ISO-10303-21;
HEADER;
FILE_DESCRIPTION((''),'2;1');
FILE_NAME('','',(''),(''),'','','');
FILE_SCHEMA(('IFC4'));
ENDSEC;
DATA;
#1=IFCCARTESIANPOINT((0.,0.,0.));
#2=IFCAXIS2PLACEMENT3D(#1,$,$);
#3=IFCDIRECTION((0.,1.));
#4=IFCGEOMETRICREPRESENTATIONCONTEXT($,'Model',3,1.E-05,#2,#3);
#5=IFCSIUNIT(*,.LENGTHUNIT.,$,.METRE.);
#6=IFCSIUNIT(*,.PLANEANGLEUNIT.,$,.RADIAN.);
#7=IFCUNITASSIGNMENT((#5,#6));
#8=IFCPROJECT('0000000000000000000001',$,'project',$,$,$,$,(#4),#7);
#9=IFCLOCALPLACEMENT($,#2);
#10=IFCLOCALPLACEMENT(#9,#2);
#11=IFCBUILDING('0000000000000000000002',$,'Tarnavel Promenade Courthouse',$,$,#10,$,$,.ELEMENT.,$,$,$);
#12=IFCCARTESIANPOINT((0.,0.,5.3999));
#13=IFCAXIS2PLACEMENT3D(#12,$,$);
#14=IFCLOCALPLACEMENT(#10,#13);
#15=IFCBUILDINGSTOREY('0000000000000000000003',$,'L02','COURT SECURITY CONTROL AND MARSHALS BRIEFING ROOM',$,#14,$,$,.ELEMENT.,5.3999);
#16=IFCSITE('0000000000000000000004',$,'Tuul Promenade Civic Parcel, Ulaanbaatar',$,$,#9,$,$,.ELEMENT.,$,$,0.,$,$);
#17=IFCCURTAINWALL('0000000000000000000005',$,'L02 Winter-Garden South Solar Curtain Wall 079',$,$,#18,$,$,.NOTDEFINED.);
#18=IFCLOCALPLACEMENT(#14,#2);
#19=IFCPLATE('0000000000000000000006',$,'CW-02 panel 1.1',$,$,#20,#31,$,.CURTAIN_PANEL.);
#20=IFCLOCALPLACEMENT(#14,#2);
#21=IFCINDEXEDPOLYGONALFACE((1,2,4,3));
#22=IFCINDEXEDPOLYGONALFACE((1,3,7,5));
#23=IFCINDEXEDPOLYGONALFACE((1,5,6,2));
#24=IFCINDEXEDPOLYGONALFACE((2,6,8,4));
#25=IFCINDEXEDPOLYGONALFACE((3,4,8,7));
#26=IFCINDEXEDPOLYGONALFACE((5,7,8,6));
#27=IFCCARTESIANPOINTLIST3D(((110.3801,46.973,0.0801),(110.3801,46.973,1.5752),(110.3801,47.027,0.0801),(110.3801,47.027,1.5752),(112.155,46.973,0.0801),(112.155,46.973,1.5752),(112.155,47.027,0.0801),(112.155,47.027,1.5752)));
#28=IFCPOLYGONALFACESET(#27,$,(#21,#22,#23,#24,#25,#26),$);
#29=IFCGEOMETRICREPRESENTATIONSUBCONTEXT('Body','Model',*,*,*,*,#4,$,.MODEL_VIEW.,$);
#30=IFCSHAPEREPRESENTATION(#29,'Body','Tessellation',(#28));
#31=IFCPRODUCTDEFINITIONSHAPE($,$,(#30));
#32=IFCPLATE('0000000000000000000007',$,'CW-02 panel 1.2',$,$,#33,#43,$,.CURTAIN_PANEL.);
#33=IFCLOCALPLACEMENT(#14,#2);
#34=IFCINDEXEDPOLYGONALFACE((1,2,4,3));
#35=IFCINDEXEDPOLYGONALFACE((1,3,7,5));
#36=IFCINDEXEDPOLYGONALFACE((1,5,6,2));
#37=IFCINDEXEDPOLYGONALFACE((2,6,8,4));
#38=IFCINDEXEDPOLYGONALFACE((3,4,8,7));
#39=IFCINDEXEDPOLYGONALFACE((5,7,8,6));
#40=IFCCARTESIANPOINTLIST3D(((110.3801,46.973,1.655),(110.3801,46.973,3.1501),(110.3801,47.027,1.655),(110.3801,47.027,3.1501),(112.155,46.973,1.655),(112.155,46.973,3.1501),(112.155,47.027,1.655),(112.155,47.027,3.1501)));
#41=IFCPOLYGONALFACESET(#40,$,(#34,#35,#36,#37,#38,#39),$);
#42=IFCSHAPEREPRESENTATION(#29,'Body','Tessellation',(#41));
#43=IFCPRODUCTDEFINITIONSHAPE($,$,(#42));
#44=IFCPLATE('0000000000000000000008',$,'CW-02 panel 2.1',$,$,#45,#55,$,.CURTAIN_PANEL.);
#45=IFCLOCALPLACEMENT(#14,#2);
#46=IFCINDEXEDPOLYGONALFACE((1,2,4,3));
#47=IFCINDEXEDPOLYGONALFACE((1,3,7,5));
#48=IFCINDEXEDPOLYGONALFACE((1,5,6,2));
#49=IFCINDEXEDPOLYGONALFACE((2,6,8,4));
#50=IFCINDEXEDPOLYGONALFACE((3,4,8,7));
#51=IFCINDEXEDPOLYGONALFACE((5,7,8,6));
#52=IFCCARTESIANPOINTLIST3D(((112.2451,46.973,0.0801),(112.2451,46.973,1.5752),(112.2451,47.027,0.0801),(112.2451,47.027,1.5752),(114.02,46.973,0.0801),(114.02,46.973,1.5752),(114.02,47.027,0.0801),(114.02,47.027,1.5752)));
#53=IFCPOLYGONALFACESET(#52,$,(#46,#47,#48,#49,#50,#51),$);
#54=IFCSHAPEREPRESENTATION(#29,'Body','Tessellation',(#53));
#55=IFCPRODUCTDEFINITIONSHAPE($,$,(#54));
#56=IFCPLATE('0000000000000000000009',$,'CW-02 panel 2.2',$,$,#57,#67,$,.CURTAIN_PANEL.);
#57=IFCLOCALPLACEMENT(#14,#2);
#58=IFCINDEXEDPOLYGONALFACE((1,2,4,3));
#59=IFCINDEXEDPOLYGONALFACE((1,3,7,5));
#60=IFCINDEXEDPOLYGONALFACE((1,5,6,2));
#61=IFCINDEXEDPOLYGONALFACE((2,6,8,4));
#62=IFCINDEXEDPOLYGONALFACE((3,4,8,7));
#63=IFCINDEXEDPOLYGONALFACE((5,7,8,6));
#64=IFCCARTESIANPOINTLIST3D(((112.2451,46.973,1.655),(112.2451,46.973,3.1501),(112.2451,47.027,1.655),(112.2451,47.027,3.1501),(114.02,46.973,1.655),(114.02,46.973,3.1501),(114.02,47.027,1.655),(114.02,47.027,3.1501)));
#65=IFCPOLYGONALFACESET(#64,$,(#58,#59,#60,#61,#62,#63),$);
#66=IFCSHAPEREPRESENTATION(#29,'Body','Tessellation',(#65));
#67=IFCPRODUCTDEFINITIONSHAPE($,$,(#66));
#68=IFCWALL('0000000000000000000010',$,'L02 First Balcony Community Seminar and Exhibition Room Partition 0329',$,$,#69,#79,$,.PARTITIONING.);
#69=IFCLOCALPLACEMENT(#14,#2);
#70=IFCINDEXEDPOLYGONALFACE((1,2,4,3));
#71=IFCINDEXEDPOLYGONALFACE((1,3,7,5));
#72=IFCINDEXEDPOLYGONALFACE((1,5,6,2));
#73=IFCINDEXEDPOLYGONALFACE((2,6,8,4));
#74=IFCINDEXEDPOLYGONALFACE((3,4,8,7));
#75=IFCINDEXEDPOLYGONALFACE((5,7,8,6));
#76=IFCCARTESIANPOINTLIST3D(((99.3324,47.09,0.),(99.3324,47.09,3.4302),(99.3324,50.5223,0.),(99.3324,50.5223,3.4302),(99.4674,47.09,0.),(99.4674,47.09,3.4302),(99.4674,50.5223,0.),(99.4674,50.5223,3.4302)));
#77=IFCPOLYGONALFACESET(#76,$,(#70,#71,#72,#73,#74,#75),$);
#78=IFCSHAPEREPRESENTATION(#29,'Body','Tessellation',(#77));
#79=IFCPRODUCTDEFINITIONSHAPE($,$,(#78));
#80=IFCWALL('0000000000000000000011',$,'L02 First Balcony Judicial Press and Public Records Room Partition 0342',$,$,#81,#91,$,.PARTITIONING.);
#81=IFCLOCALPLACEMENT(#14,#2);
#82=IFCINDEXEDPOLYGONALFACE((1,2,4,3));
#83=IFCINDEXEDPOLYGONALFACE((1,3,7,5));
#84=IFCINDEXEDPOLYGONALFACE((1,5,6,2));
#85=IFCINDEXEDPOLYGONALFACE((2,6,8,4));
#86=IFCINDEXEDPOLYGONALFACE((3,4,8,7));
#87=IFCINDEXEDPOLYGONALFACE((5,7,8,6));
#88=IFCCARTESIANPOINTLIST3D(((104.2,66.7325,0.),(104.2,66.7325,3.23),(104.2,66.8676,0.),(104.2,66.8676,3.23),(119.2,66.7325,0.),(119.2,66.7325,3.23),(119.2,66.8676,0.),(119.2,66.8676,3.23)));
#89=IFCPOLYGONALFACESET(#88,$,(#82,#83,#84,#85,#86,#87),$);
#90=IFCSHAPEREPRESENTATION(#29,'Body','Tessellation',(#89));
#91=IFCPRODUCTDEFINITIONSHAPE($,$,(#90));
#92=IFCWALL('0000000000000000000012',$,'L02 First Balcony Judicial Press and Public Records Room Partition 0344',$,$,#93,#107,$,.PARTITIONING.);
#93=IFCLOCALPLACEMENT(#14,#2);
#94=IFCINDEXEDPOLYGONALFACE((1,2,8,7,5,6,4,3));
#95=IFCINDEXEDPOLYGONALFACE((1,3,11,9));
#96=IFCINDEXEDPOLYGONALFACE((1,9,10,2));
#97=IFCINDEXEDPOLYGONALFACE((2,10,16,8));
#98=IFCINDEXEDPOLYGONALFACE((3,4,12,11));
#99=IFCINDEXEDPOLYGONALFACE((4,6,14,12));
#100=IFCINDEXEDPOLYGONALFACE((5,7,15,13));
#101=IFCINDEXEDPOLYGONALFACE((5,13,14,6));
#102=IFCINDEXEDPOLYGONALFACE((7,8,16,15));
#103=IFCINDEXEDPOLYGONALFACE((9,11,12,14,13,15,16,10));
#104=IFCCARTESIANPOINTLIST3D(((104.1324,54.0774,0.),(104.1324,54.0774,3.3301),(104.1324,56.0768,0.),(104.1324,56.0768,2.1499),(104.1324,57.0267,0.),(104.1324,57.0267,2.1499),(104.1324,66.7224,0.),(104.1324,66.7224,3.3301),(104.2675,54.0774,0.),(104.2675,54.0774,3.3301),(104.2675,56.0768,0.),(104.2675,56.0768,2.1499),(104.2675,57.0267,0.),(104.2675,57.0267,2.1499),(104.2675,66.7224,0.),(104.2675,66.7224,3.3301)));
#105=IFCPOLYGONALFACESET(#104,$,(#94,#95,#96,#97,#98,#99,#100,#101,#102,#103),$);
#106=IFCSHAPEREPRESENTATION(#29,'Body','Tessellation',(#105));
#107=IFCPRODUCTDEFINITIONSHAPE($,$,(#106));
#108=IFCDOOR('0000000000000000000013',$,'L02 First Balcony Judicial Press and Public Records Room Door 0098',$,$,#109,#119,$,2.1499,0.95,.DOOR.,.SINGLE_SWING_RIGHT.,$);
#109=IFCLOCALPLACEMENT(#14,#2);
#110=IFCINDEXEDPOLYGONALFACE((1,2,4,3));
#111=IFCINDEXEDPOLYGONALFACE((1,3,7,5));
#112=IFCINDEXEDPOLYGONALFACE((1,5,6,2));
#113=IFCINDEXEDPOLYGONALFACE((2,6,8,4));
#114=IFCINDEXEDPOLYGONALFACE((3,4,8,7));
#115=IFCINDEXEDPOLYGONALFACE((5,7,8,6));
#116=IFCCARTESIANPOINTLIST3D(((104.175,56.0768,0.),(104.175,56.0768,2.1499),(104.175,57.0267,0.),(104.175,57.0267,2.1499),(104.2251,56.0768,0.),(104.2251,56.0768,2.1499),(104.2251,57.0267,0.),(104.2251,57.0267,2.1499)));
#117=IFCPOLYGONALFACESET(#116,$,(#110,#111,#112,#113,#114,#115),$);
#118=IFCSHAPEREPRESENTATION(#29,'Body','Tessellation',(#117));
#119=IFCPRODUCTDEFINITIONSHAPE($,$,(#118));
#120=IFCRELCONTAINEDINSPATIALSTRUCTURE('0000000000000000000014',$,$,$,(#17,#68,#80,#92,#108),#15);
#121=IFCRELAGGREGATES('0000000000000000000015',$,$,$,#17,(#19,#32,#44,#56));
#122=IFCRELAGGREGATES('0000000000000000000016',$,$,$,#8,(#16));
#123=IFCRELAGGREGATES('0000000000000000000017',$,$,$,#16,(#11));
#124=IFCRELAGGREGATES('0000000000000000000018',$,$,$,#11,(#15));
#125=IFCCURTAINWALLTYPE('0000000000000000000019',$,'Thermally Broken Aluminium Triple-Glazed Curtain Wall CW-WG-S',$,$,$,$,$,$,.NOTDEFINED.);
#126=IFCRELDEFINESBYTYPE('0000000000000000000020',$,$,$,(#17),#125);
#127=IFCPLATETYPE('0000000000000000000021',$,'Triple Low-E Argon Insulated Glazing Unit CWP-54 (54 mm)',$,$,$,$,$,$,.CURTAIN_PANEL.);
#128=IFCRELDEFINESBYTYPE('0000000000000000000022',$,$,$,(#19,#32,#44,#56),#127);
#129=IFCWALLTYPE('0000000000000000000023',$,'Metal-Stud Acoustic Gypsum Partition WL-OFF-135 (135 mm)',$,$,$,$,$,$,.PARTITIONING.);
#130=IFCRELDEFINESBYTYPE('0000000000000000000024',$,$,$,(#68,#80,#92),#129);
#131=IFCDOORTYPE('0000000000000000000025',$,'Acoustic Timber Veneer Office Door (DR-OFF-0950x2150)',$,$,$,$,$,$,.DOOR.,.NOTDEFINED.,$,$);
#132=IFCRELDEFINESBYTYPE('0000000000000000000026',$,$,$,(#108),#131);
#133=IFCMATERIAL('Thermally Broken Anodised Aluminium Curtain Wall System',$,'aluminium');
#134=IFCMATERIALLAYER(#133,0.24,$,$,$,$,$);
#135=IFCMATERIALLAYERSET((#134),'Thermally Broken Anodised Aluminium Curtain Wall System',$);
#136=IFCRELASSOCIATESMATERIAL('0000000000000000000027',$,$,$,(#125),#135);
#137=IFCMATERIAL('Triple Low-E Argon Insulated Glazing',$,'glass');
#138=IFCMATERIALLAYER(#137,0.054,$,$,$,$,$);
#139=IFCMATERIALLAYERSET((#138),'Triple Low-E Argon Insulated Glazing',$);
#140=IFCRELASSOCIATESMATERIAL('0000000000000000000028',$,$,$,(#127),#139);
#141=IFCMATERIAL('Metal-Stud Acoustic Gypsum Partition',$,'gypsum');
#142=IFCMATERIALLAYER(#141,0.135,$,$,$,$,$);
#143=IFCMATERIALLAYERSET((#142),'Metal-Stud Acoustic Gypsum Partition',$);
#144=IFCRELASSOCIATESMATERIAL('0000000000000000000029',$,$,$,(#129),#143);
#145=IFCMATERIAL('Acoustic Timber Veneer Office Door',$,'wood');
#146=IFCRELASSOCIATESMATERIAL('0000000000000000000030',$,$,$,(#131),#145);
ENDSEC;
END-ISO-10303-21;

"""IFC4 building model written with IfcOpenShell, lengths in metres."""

from ifc_helpers import new_model, si_unit, direction, frame, frame_2d, origin, origin_2d, place, context, subcontext, project, spatial, rectangle, extrude, material, layer, layer_set, type_object, element, fill, aggregate, save


model = new_model("IFC4")

# Units and contexts
model_context = context("Model", 3, precision=1e-05, world=origin(), true_north=direction((0.0, 1.0)))
body_context = subcontext(model_context, "Body", "Model", "MODEL_VIEW")
ifc_project = project(units=[si_unit("LENGTHUNIT", "METRE"), si_unit("PLANEANGLEUNIT", "RADIAN")], contexts=[model_context])

# Site, building, storey
site_placement = place(None, origin())
site = spatial("IfcSite", under=ifc_project, at=site_placement, Name="Tuul Promenade Civic Parcel, Ulaanbaatar", CompositionType="ELEMENT", RefElevation=0.0)
building_placement = place(site_placement, origin())
building = spatial("IfcBuilding", under=site, at=building_placement, Name="Tarnavel Promenade Courthouse", CompositionType="ELEMENT")
storey_placement = place(building_placement, frame((0.0, 0.0, 5.3999)))
storey = spatial("IfcBuildingStorey", under=building, at=storey_placement, Name="L02", Description="COURT SECURITY CONTROL AND MARSHALS BRIEFING ROOM", CompositionType="ELEMENT", Elevation=5.3999)

# Curtain wall
ifc_material_1 = material(Name="Thermally Broken Anodised Aluminium Curtain Wall System", Category="aluminium")
ifc_layer_1 = layer(ifc_material_1, 0.24)
ifc_layer_set_1 = layer_set([ifc_layer_1], Name="Thermally Broken Anodised Aluminium Curtain Wall System")
curtain_wall_type = type_object("IfcCurtainWallType", Name="Thermally Broken Aluminium Triple-Glazed Curtain Wall CW-WG-S", PredefinedType="NOTDEFINED", material=ifc_layer_set_1)
curtain_wall_1_placement = place(storey_placement, origin())
curtain_wall_1 = element("IfcCurtainWall", 1, at=curtain_wall_1_placement, inside=storey, type_object=curtain_wall_type, Name="L02 Winter-Garden South Solar Curtain Wall 079", PredefinedType="NOTDEFINED")

# Plates
ifc_material_2 = material(Name="Triple Low-E Argon Insulated Glazing", Category="glass")
ifc_layer_2 = layer(ifc_material_2, 0.054)
ifc_layer_set_2 = layer_set([ifc_layer_2], Name="Triple Low-E Argon Insulated Glazing")
plate_type = type_object("IfcPlateType", Name="Triple Low-E Argon Insulated Glazing Unit CWP-54 (54 mm)", PredefinedType="CURTAIN_PANEL", material=ifc_layer_set_2)
plate_1_placement = place(storey_placement, frame((111.2676, 47.0, 0.0801), z_axis=(0.0, 0.0, 1.0), x_axis=(1.0, 0.0, 0.0)))
plate_1 = element("IfcPlate", 2, at=plate_1_placement, type_object=plate_type, Name="CW-02 panel 1.1", PredefinedType="CURTAIN_PANEL", context=body_context, shape_type="SweptSolid", body=[
    extrude(rectangle(XDim=1.7749, YDim=0.054, at=origin_2d()), origin(), (0.0, 0.0, 1.0), 1.4951),
])
plate_2_placement = place(storey_placement, frame((111.2676, 47.0, 1.655), z_axis=(0.0, 0.0, 1.0), x_axis=(1.0, 0.0, 0.0)))
plate_2 = element("IfcPlate", 3, at=plate_2_placement, type_object=plate_type, Name="CW-02 panel 1.2", PredefinedType="CURTAIN_PANEL", context=body_context, shape_type="SweptSolid", body=[
    extrude(rectangle(XDim=1.7749, YDim=0.054, at=origin_2d()), origin(), (0.0, 0.0, 1.0), 1.4951),
])
plate_3_placement = place(storey_placement, frame((113.1326, 47.0, 0.0801), z_axis=(0.0, 0.0, 1.0), x_axis=(1.0, 0.0, 0.0)))
plate_3 = element("IfcPlate", 4, at=plate_3_placement, type_object=plate_type, Name="CW-02 panel 2.1", PredefinedType="CURTAIN_PANEL", context=body_context, shape_type="SweptSolid", body=[
    extrude(rectangle(XDim=1.7749, YDim=0.054, at=origin_2d()), origin(), (0.0, 0.0, 1.0), 1.4951),
])
plate_4_placement = place(storey_placement, frame((113.1326, 47.0, 1.655), z_axis=(0.0, 0.0, 1.0), x_axis=(1.0, 0.0, 0.0)))
plate_4 = element("IfcPlate", 5, at=plate_4_placement, type_object=plate_type, Name="CW-02 panel 2.2", PredefinedType="CURTAIN_PANEL", context=body_context, shape_type="SweptSolid", body=[
    extrude(rectangle(XDim=1.7749, YDim=0.054, at=origin_2d()), origin(), (0.0, 0.0, 1.0), 1.4951),
])
aggregate(curtain_wall_1, [plate_1, plate_2, plate_3, plate_4])

# Walls
ifc_material_3 = material(Name="Metal-Stud Acoustic Gypsum Partition", Category="gypsum")
ifc_layer_3 = layer(ifc_material_3, 0.135)
ifc_layer_set_3 = layer_set([ifc_layer_3], Name="Metal-Stud Acoustic Gypsum Partition")
wall_type = type_object("IfcWallType", Name="Metal-Stud Acoustic Gypsum Partition WL-OFF-135 (135 mm)", PredefinedType="PARTITIONING", material=ifc_layer_set_3)
wall_1_placement = place(storey_placement, frame((99.3999, 50.5225, 0.0), z_axis=(0.0, 0.0, 1.0), x_axis=(0.0, -1.0, 0.0)))
element("IfcWall", 6, at=wall_1_placement, inside=storey, type_object=wall_type, Name="L02 First Balcony Community Seminar and Exhibition Room Partition 0329", PredefinedType="PARTITIONING", context=body_context, shape_type="SweptSolid", body=[
    extrude(rectangle(XDim=3.4324, YDim=0.135, at=frame_2d((1.7163, 0.0))), origin(), (0.0, 0.0, 1.0), 3.4302),
])
wall_2_placement = place(storey_placement, frame((104.2, 66.8, 0.0), z_axis=(0.0, 0.0, 1.0), x_axis=(1.0, 0.0, 0.0)))
element("IfcWall", 7, at=wall_2_placement, inside=storey, type_object=wall_type, Name="L02 First Balcony Judicial Press and Public Records Room Partition 0342", PredefinedType="PARTITIONING", context=body_context, shape_type="SweptSolid", body=[
    extrude(rectangle(XDim=15.0, YDim=0.135, at=frame_2d((7.5, 0.0))), origin(), (0.0, 0.0, 1.0), 3.23),
])

# Wall, opening, door
wall_3_placement = place(storey_placement, frame((104.2, 54.0774, 0.0), z_axis=(0.0, 0.0, 1.0), x_axis=(0.0, 1.0, 0.0)))
wall_3 = element("IfcWall", 8, at=wall_3_placement, inside=storey, type_object=wall_type, Name="L02 First Balcony Judicial Press and Public Records Room Partition 0344", PredefinedType="PARTITIONING", context=body_context, shape_type="SweptSolid", body=[
    extrude(rectangle(XDim=12.645, YDim=0.135, at=frame_2d((6.3225, 0.0))), origin(), (0.0, 0.0, 1.0), 3.3301),
])
opening_placement = place(wall_3_placement, frame((1.9993, 0.0, 0.0)))
opening = element("IfcOpeningElement", 9, at=opening_placement, cuts=wall_3, PredefinedType="OPENING", context=body_context, shape_type="SweptSolid", body=[
    extrude(rectangle(XDim=0.95, YDim=2.1499, at=frame_2d((0.4751, 1.075))), frame((0.0, 0.0774, 0.0), z_axis=(0.0, -1.0, 0.0), x_axis=(1.0, 0.0, 0.0)), (0.0, 0.0, 1.0), 0.155),
])
ifc_material_4 = material(Name="Acoustic Timber Veneer Office Door", Category="wood")
door_type = type_object("IfcDoorType", Name="Acoustic Timber Veneer Office Door (DR-OFF-0950x2150)", OperationType="NOTDEFINED", PredefinedType="DOOR", material=ifc_material_4)
door_placement = place(opening_placement, origin())
door = element("IfcDoor", 10, at=door_placement, inside=storey, type_object=door_type, Name="L02 First Balcony Judicial Press and Public Records Room Door 0098", OperationType="SINGLE_SWING_RIGHT", OverallHeight=2.1499, OverallWidth=0.95, PredefinedType="DOOR", context=body_context, shape_type="SweptSolid", body=[
    extrude(rectangle(XDim=0.95, YDim=2.1499, at=frame_2d((0.4751, 1.075))), frame((0.0, 0.0249, 0.0), z_axis=(0.0, -1.0, 0.0), x_axis=(1.0, 0.0, 0.0)), (0.0, 0.0, 1.0), 0.05),
])
fill(opening, door)

save(model, "model.ifc")
